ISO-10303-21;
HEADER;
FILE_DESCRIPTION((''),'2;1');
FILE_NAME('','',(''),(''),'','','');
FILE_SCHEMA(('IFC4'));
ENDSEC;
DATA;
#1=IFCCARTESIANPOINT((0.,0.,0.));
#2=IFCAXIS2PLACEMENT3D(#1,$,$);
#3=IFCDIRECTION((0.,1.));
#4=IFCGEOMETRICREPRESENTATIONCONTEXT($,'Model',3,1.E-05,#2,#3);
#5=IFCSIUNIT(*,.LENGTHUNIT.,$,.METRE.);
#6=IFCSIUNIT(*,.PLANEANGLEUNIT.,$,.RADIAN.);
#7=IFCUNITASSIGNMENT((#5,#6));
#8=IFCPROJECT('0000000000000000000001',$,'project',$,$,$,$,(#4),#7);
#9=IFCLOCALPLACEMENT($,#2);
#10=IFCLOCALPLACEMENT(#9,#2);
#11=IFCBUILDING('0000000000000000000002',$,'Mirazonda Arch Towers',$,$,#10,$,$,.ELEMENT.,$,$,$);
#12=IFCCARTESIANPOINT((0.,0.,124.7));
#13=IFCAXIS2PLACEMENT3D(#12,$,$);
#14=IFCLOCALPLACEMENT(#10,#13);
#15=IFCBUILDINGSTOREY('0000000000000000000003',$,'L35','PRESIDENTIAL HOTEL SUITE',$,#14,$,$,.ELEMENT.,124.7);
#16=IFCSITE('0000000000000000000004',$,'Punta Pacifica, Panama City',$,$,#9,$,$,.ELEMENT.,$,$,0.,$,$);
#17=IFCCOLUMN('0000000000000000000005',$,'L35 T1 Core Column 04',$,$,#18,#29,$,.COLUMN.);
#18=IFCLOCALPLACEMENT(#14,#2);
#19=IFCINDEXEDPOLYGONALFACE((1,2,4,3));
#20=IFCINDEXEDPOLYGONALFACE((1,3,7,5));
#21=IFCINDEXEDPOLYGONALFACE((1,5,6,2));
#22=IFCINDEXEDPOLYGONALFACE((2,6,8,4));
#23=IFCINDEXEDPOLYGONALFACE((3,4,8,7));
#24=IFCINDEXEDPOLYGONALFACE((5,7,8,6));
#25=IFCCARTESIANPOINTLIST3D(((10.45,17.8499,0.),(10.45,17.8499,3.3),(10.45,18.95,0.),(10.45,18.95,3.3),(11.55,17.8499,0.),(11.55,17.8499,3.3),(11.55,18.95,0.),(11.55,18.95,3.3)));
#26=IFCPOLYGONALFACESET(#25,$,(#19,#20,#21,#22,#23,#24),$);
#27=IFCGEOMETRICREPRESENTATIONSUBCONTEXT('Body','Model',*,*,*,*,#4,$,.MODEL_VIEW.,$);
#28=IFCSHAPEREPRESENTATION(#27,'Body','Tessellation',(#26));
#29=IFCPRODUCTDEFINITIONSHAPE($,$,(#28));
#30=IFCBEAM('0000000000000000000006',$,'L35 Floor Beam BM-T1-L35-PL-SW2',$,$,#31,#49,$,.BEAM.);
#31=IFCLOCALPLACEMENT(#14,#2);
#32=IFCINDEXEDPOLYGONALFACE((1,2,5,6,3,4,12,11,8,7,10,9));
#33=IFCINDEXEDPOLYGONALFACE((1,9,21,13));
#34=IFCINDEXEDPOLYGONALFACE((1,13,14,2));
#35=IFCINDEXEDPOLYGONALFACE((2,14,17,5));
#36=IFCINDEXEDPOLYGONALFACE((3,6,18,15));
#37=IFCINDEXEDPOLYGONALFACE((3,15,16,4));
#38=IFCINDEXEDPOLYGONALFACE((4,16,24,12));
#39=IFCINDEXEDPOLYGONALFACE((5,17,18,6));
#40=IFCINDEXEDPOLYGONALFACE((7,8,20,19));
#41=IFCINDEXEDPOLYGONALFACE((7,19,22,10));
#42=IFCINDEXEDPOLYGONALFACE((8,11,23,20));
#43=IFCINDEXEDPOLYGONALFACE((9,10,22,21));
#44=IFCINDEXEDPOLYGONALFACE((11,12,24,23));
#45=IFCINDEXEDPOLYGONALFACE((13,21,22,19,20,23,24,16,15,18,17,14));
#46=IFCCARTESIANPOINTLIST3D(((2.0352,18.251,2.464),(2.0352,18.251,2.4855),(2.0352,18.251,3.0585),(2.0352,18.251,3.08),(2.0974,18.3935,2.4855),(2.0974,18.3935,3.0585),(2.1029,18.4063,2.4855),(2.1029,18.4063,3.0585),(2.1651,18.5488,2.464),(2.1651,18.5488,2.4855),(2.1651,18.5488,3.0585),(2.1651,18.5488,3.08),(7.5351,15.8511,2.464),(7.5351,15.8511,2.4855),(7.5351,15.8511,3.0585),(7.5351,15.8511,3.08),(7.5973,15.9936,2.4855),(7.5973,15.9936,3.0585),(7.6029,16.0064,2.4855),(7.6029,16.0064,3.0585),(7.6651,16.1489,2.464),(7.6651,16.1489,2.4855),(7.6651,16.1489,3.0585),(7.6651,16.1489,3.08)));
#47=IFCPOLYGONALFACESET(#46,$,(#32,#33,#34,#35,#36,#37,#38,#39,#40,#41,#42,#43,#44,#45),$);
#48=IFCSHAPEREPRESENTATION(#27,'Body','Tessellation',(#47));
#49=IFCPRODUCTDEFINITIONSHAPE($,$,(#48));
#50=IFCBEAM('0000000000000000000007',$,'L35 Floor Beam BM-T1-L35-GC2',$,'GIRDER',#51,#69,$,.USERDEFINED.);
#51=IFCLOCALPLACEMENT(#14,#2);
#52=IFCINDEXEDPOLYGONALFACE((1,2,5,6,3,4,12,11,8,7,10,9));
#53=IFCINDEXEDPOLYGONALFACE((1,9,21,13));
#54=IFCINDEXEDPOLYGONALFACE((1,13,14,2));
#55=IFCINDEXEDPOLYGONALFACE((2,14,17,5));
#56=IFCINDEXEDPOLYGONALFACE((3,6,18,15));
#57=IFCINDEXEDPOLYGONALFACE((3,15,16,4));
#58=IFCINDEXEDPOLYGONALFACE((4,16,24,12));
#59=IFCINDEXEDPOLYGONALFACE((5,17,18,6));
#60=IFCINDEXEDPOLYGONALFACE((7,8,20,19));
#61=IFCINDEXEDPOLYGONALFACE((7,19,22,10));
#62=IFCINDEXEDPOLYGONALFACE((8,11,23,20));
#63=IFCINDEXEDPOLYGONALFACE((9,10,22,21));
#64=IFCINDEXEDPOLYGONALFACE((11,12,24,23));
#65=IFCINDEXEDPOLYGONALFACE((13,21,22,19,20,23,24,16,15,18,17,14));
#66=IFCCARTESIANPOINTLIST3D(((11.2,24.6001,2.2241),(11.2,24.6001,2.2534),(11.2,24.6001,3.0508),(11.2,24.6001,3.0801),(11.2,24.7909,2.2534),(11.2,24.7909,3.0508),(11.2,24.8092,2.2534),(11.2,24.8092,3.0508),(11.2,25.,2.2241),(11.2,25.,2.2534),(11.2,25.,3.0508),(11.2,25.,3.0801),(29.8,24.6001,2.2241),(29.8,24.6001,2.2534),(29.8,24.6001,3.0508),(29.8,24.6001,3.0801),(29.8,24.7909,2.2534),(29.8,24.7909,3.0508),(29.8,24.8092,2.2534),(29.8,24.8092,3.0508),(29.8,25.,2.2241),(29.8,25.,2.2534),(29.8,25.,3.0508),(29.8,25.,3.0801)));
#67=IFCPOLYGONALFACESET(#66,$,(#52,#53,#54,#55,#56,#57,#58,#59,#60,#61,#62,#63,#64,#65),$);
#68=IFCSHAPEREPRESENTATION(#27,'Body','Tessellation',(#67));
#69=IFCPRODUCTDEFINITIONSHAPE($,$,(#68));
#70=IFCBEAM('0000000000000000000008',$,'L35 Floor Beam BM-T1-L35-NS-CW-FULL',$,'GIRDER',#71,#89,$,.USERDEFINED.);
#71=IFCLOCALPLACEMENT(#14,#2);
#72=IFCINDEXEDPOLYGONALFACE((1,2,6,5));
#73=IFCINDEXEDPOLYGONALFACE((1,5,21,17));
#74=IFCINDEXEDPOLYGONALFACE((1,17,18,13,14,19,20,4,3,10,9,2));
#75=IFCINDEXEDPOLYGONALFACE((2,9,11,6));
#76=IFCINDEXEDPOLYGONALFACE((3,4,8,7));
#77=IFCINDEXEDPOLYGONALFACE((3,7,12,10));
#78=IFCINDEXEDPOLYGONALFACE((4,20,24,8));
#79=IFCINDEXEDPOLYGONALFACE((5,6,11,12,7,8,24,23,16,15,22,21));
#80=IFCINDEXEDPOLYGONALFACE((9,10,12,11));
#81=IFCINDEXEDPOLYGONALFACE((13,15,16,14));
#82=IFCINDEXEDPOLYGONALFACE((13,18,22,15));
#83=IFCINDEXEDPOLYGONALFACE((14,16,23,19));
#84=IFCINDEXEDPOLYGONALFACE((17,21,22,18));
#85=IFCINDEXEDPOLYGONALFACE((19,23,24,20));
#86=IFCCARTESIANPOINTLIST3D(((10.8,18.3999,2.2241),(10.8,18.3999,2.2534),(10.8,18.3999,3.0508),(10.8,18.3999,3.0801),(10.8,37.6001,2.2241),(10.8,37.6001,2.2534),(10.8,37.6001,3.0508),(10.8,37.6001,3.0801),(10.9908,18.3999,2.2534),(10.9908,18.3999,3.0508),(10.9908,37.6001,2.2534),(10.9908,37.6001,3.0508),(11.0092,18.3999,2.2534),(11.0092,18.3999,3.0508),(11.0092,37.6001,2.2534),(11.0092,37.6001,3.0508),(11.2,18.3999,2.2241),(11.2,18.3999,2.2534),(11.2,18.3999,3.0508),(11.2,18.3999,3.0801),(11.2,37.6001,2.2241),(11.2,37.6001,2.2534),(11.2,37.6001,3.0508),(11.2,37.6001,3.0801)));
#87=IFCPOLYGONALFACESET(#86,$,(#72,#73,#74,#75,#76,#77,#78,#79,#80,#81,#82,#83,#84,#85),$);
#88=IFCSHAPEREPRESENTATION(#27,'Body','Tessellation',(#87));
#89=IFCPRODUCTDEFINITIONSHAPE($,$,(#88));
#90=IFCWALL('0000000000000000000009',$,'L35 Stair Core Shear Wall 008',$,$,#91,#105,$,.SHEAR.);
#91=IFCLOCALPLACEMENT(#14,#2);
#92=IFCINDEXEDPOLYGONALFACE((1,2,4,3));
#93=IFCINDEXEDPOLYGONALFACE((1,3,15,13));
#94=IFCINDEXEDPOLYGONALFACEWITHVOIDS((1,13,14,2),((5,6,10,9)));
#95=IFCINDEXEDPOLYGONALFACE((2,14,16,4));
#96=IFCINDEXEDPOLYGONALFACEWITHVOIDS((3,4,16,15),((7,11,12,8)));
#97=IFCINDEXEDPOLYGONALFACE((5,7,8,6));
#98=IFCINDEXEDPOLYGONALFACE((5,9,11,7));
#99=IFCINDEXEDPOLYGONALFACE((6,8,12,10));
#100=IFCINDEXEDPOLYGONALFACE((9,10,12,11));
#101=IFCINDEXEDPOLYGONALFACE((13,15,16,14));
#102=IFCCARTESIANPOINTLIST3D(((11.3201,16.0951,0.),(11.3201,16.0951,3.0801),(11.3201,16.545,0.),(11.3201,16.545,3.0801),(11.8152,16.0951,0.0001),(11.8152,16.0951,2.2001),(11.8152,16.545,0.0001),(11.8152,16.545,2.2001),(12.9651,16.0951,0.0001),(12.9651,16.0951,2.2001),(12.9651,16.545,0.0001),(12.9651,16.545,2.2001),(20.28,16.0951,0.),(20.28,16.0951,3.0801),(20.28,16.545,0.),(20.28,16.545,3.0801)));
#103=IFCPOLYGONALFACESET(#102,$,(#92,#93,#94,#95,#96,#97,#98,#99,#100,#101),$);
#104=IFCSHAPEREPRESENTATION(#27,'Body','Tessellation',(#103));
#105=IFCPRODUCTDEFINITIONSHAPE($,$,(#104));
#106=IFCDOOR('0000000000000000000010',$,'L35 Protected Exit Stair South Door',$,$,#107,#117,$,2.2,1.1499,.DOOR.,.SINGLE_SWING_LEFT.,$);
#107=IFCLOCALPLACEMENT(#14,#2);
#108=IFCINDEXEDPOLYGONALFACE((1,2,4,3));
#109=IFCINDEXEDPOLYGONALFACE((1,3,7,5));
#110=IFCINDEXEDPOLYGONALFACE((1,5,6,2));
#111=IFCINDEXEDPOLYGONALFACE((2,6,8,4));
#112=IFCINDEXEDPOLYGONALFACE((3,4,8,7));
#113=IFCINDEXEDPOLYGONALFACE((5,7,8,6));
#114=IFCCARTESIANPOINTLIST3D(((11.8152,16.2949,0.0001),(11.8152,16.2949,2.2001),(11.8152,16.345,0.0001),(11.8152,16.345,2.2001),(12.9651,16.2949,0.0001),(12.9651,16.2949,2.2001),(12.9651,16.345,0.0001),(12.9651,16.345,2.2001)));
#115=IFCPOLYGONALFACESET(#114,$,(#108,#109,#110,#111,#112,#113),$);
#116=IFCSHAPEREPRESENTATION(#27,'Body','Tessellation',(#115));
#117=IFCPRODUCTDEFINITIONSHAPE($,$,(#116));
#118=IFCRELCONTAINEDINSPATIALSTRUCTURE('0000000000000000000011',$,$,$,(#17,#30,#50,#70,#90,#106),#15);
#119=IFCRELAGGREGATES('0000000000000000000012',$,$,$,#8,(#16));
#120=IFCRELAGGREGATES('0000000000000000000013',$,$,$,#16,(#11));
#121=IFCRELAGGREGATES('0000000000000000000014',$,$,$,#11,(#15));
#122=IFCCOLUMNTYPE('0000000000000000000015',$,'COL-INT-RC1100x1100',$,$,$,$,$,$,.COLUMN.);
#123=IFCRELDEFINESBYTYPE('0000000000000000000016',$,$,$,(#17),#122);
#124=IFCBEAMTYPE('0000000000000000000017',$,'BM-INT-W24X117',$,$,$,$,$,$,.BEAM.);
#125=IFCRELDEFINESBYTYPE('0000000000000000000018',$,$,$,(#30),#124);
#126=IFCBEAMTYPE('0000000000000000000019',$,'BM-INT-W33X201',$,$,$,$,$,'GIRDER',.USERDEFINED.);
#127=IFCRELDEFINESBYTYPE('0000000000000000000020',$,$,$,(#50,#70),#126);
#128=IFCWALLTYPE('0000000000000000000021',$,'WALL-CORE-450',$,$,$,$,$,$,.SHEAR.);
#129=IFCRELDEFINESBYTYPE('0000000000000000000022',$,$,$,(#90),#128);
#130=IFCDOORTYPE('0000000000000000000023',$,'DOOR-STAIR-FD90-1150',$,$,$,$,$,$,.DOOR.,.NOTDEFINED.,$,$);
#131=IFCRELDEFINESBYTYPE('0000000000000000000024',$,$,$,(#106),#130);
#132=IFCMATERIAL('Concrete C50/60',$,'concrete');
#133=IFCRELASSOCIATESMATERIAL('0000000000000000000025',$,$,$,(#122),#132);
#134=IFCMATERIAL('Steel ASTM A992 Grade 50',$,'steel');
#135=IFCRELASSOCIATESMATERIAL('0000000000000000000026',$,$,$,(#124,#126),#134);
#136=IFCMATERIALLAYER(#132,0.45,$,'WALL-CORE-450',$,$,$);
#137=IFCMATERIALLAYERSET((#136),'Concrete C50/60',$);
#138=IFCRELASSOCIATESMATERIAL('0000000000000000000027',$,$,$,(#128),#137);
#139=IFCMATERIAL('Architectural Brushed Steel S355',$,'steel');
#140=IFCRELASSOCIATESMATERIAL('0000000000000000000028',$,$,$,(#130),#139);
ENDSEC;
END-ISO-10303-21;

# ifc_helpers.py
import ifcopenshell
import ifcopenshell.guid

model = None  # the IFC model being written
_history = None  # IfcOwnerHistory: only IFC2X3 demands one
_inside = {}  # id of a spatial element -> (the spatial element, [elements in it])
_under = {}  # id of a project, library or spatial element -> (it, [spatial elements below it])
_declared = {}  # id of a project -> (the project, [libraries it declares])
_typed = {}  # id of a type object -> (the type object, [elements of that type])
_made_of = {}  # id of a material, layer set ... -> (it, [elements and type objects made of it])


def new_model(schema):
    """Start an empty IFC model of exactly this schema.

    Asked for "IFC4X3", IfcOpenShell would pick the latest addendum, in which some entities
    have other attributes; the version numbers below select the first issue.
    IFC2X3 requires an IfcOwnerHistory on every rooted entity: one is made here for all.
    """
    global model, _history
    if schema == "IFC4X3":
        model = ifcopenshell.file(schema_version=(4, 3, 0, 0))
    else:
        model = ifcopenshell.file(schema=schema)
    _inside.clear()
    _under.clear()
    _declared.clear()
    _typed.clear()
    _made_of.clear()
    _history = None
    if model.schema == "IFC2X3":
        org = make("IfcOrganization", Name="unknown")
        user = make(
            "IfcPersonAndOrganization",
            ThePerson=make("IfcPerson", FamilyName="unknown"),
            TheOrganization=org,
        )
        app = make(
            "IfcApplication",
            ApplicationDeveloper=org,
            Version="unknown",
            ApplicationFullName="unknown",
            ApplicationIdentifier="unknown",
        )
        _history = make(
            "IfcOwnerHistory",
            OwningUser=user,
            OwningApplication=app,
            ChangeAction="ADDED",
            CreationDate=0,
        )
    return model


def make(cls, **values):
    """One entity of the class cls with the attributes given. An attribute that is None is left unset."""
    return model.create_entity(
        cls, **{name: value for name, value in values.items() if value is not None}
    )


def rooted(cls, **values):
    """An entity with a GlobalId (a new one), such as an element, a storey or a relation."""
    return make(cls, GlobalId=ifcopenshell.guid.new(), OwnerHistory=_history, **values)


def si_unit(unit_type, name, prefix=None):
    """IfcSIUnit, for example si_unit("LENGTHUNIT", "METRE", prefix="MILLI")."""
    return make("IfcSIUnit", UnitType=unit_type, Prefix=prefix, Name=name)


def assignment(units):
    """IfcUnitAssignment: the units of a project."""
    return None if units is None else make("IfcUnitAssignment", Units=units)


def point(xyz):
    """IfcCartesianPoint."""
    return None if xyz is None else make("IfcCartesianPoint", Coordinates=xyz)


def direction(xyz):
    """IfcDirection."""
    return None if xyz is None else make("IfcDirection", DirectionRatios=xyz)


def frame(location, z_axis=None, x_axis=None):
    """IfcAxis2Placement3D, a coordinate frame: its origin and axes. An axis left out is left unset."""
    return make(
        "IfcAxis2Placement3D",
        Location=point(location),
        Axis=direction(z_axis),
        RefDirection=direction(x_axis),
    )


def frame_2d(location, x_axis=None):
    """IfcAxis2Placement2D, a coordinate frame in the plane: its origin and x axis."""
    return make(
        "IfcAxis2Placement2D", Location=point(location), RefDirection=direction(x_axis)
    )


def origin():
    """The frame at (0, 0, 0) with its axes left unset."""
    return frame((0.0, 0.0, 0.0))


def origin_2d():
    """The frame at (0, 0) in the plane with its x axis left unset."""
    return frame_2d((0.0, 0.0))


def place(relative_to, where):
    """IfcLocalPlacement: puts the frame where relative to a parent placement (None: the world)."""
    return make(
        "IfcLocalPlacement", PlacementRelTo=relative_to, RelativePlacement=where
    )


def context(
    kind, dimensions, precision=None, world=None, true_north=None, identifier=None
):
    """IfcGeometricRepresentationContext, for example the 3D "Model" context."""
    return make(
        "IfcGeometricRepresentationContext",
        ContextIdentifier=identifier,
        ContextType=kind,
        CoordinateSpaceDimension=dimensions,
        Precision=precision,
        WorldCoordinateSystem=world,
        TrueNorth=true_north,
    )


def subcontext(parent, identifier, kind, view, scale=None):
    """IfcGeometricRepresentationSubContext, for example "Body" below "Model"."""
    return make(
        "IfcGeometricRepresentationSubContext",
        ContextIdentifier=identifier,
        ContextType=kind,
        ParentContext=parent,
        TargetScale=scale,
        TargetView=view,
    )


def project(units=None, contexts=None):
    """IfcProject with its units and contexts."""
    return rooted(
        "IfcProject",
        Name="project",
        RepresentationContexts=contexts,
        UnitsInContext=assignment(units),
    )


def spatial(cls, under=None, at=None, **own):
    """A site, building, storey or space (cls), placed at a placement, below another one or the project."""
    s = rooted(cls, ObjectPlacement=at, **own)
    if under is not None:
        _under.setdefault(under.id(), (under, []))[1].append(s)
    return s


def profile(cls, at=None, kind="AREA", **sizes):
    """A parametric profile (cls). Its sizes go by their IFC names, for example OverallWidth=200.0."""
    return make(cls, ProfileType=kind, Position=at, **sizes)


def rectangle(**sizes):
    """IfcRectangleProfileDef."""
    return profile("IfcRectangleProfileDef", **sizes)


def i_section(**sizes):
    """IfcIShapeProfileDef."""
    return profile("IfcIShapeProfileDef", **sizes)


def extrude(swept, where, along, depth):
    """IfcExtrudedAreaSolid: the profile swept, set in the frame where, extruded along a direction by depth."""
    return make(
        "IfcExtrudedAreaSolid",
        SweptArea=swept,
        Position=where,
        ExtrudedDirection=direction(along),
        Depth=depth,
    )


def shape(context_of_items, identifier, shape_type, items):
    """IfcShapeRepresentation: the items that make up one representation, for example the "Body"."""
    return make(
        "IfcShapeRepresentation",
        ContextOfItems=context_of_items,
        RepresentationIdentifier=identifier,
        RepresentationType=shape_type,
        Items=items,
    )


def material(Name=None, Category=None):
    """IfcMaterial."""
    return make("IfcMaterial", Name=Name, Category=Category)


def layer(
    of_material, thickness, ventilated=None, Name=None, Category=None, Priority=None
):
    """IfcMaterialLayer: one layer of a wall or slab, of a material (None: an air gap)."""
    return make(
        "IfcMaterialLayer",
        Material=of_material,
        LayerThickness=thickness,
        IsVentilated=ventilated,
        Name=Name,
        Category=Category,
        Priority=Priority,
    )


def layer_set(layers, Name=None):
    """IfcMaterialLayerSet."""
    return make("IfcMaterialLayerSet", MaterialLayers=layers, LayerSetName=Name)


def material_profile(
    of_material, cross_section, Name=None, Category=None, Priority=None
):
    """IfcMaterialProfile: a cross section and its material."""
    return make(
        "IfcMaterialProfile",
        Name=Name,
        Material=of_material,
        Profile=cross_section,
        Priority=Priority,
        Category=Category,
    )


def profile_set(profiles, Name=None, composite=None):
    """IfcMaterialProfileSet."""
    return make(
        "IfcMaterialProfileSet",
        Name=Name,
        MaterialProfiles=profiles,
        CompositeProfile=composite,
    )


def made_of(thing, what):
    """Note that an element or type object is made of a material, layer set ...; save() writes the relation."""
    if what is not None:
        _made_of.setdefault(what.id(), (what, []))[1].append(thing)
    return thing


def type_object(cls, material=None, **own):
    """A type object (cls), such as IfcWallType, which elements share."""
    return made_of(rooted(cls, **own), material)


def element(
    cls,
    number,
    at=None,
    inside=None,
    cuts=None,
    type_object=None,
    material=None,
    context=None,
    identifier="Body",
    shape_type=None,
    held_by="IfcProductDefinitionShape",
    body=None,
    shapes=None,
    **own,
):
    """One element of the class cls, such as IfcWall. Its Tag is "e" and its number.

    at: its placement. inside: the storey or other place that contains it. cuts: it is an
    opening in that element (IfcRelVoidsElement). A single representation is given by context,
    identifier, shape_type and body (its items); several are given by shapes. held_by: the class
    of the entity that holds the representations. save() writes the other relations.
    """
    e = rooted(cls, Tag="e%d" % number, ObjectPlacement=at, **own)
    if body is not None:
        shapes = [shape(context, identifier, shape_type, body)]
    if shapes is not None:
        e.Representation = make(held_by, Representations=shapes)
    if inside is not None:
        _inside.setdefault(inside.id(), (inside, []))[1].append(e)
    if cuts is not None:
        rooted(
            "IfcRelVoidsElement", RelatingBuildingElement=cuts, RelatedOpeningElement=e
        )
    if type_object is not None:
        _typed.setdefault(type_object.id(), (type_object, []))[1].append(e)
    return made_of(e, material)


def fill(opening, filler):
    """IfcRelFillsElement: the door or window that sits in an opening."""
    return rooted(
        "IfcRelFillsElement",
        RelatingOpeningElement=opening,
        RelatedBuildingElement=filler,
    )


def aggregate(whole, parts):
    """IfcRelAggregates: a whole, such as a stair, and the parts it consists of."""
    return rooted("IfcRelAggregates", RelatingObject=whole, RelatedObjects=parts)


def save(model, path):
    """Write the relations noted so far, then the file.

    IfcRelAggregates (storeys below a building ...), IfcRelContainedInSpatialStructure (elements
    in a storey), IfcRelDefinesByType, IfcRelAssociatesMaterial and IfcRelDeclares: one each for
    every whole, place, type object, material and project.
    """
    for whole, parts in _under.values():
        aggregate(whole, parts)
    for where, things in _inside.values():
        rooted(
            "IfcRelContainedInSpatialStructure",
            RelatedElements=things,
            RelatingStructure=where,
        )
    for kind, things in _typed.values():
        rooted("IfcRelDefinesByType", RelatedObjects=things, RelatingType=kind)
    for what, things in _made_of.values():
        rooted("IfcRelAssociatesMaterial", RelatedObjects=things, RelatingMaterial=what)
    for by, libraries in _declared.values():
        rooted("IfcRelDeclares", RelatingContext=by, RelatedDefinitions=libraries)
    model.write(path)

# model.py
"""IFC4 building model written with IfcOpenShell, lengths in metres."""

from ifc_helpers import new_model, si_unit, direction, frame, frame_2d, origin, origin_2d, place, context, subcontext, project, spatial, rectangle, i_section, extrude, material, layer, layer_set, material_profile, profile_set, type_object, element, fill, save


model = new_model("IFC4")

# Units and contexts
model_context = context("Model", 3, precision=1e-05, world=origin(), true_north=direction((0.0, 1.0)))
body_context = subcontext(model_context, "Body", "Model", "MODEL_VIEW")
ifc_project = project(units=[si_unit("LENGTHUNIT", "METRE"), si_unit("PLANEANGLEUNIT", "RADIAN")], contexts=[model_context])

# Site, building, storey
site_placement = place(None, origin())
site = spatial("IfcSite", under=ifc_project, at=site_placement, Name="Punta Pacifica, Panama City", CompositionType="ELEMENT", RefElevation=0.0)
building_placement = place(site_placement, origin())
building = spatial("IfcBuilding", under=site, at=building_placement, Name="Mirazonda Arch Towers", CompositionType="ELEMENT")
storey_placement = place(building_placement, frame((0.0, 0.0, 124.7)))
storey = spatial("IfcBuildingStorey", under=building, at=storey_placement, Name="L35", Description="PRESIDENTIAL HOTEL SUITE", CompositionType="ELEMENT", Elevation=124.7)

# Column
ifc_material_1 = material(Name="Concrete C50/60", Category="concrete")
ifc_material_profile_1 = material_profile(ifc_material_1, rectangle(XDim=1.1001, YDim=1.1001, at=origin_2d()), Name="RC1100x1100")
ifc_profile_set_1 = profile_set([ifc_material_profile_1], Name="Concrete C50/60")
column_type = type_object("IfcColumnType", Name="COL-INT-RC1100x1100", PredefinedType="COLUMN", material=ifc_profile_set_1)
column_placement = place(storey_placement, frame((11.0, 18.3999, 0.0), z_axis=(0.0, 0.0, 1.0), x_axis=(1.0, 0.0, 0.0)))
element("IfcColumn", 1, at=column_placement, inside=storey, type_object=column_type, Name="L35 T1 Core Column 04", PredefinedType="COLUMN", context=body_context, shape_type="SweptSolid", body=[
    extrude(rectangle(XDim=1.1001, YDim=1.1001, at=origin_2d()), origin(), (0.0, 0.0, 1.0), 3.3),
])

# Beams
ifc_material_2 = material(Name="Steel ASTM A992 Grade 50", Category="steel")
ifc_material_profile_2 = material_profile(ifc_material_2, i_section(OverallWidth=0.325, OverallDepth=0.616, WebThickness=0.0139, FlangeThickness=0.0215, at=origin_2d()), Name="W24X117")
ifc_profile_set_2 = profile_set([ifc_material_profile_2], Name="Steel ASTM A992 Grade 50")
beam_type_1 = type_object("IfcBeamType", Name="BM-INT-W24X117", PredefinedType="BEAM", material=ifc_profile_set_2)
beam_1_placement = place(storey_placement, frame((7.6001, 16.0, 2.772), z_axis=(-0.916545, 0.399931, 0.0), x_axis=(-0.399931, -0.916545, 0.0)))
element("IfcBeam", 2, at=beam_1_placement, inside=storey, type_object=beam_type_1, Name="L35 Floor Beam BM-T1-L35-PL-SW2", PredefinedType="BEAM", context=body_context, shape_type="SweptSolid", body=[
    extrude(i_section(OverallWidth=0.325, OverallDepth=0.616, WebThickness=0.0139, FlangeThickness=0.0215, at=origin_2d()), origin(), (0.0, 0.0, 1.0), 6.0007),
])
ifc_material_profile_3 = material_profile(ifc_material_2, i_section(OverallWidth=0.3999, OverallDepth=0.856, WebThickness=0.0183, FlangeThickness=0.0293, at=origin_2d()), Name="W33X201")
ifc_profile_set_3 = profile_set([ifc_material_profile_3], Name="Steel ASTM A992 Grade 50")
beam_type_2 = type_object("IfcBeamType", Name="BM-INT-W33X201", ElementType="GIRDER", PredefinedType="USERDEFINED", material=ifc_profile_set_3)
beam_2_placement = place(storey_placement, frame((11.2, 24.8, 2.6521), z_axis=(1.0, 0.0, 0.0), x_axis=(0.0, 1.0, 0.0)))
element("IfcBeam", 3, at=beam_2_placement, inside=storey, type_object=beam_type_2, Name="L35 Floor Beam BM-T1-L35-GC2", ObjectType="GIRDER", PredefinedType="USERDEFINED", context=body_context, shape_type="SweptSolid", body=[
    extrude(i_section(OverallWidth=0.3999, OverallDepth=0.856, WebThickness=0.0183, FlangeThickness=0.0293, at=origin_2d()), origin(), (0.0, 0.0, 1.0), 18.6001),
])
beam_3_placement = place(storey_placement, frame((11.0, 18.3999, 2.6521), z_axis=(0.0, 1.0, 0.0), x_axis=(-1.0, 0.0, 0.0)))
element("IfcBeam", 4, at=beam_3_placement, inside=storey, type_object=beam_type_2, Name="L35 Floor Beam BM-T1-L35-NS-CW-FULL", ObjectType="GIRDER", PredefinedType="USERDEFINED", context=body_context, shape_type="SweptSolid", body=[
    extrude(i_section(OverallWidth=0.3999, OverallDepth=0.856, WebThickness=0.0183, FlangeThickness=0.0293, at=origin_2d()), origin(), (0.0, 0.0, 1.0), 19.2002),
])

# Wall, opening, door
ifc_layer_1 = layer(ifc_material_1, 0.45, Name="WALL-CORE-450")
ifc_layer_set_1 = layer_set([ifc_layer_1], Name="Concrete C50/60")
wall_type_1 = type_object("IfcWallType", Name="WALL-CORE-450", PredefinedType="SHEAR", material=ifc_layer_set_1)
wall_1_placement = place(storey_placement, frame((11.3201, 16.3201, 0.0), z_axis=(0.0, 0.0, 1.0), x_axis=(1.0, 0.0, 0.0)))
wall_1 = element("IfcWall", 5, at=wall_1_placement, inside=storey, type_object=wall_type_1, Name="L35 Stair Core Shear Wall 008", PredefinedType="SHEAR", context=body_context, shape_type="SweptSolid", body=[
    extrude(rectangle(XDim=8.96, YDim=0.45, at=frame_2d((4.48, 0.0))), origin(), (0.0, 0.0, 1.0), 3.0801),
])
opening_1_placement = place(wall_1_placement, frame((0.4951, 0.0, 0.0)))
opening_1 = element("IfcOpeningElement", 6, at=opening_1_placement, cuts=wall_1, PredefinedType="OPENING", context=body_context, shape_type="SweptSolid", body=[
    extrude(rectangle(XDim=1.1499, YDim=2.2, at=frame_2d((0.575, 1.1001))), frame((0.0, 0.2349, 0.0), z_axis=(0.0, -1.0, 0.0), x_axis=(1.0, 0.0, 0.0)), (0.0, 0.0, 1.0), 0.47),
])
ifc_material_3 = material(Name="Architectural Brushed Steel S355", Category="steel")
door_type_1 = type_object("IfcDoorType", Name="DOOR-STAIR-FD90-1150", OperationType="NOTDEFINED", PredefinedType="DOOR", material=ifc_material_3)
door_1_placement = place(opening_1_placement, origin())
door_1 = element("IfcDoor", 7, at=door_1_placement, inside=storey, type_object=door_type_1, Name="L35 Protected Exit Stair South Door", OperationType="SINGLE_SWING_LEFT", OverallHeight=2.2, OverallWidth=1.1499, PredefinedType="DOOR", context=body_context, shape_type="SweptSolid", body=[
    extrude(rectangle(XDim=1.1499, YDim=2.2, at=frame_2d((0.575, 1.1001))), frame((0.0, 0.0249, 0.0), z_axis=(0.0, -1.0, 0.0), x_axis=(1.0, 0.0, 0.0)), (0.0, 0.0, 1.0), 0.05),
])
fill(opening_1, door_1)

save(model, "model.ifc")
